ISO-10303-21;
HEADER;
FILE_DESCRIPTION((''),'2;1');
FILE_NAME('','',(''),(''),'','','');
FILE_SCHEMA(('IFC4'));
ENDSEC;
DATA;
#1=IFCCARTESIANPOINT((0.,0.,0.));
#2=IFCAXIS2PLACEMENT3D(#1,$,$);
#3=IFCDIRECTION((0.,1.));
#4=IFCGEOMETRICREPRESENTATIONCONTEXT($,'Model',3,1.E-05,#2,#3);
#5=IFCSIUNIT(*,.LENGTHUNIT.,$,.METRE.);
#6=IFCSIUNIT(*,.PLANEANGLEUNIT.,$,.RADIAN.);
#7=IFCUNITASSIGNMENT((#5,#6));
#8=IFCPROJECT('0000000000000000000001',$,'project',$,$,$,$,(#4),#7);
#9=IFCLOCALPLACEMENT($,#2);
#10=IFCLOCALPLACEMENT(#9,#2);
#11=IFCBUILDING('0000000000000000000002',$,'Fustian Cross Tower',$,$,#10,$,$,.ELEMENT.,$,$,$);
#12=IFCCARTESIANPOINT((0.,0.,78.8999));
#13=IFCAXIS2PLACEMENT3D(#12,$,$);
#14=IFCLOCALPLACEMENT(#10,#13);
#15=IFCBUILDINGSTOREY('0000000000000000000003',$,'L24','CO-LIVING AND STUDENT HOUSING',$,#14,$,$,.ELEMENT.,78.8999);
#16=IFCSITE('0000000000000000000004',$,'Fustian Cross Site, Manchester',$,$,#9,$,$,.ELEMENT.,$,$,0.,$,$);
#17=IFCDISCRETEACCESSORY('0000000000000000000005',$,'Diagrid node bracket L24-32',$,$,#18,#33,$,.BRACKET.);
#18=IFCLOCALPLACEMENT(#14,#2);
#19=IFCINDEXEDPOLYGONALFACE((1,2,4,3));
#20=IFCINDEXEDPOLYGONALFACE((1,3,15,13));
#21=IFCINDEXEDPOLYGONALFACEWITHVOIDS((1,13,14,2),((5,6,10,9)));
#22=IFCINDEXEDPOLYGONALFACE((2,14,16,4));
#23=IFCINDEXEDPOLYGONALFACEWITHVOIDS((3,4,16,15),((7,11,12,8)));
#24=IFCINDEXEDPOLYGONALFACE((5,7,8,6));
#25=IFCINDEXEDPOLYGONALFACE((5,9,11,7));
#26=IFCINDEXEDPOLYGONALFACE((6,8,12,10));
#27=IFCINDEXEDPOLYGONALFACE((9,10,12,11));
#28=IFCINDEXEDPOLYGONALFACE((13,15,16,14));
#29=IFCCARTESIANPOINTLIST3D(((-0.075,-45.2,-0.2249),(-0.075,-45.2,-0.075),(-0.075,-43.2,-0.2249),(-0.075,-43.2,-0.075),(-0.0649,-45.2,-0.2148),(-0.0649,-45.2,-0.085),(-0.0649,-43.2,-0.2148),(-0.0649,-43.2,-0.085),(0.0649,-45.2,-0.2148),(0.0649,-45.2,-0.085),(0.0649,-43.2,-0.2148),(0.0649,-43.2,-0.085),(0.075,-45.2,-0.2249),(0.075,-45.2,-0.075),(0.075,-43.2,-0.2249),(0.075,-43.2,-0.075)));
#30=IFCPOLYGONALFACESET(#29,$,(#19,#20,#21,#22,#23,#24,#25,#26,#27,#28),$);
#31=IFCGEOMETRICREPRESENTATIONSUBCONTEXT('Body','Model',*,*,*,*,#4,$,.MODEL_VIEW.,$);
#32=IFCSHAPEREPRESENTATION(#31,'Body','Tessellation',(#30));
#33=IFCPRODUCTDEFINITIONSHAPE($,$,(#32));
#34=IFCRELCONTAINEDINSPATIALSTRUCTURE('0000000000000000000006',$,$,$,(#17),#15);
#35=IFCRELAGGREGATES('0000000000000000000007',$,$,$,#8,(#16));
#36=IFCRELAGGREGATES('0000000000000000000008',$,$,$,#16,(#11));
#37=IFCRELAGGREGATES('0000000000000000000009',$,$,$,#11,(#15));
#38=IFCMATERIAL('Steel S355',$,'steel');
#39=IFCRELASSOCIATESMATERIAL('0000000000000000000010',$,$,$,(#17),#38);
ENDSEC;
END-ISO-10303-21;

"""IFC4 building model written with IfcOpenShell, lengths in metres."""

from ifc_helpers import new_model, si_unit, direction, frame, origin, origin_2d, place, context, subcontext, project, spatial, hollow_rectangle, extrude, material, element, save


model = new_model("IFC4")

# Units and contexts
model_context = context("Model", 3, precision=1e-05, world=origin(), true_north=direction((0.0, 1.0)))
body_context = subcontext(model_context, "Body", "Model", "MODEL_VIEW")
ifc_project = project(units=[si_unit("LENGTHUNIT", "METRE"), si_unit("PLANEANGLEUNIT", "RADIAN")], contexts=[model_context])

# Site, building, storey
site_placement = place(None, origin())
site = spatial("IfcSite", under=ifc_project, at=site_placement, Name="Fustian Cross Site, Manchester", CompositionType="ELEMENT", RefElevation=0.0)
building_placement = place(site_placement, origin())
building = spatial("IfcBuilding", under=site, at=building_placement, Name="Fustian Cross Tower", CompositionType="ELEMENT")
storey_placement = place(building_placement, frame((0.0, 0.0, 78.8999)))
storey = spatial("IfcBuildingStorey", under=building, at=storey_placement, Name="L24", Description="CO-LIVING AND STUDENT HOUSING", CompositionType="ELEMENT", Elevation=78.8999)

# Discrete accessory
ifc_material_1 = material(Name="Steel S355", Category="steel")
discrete_accessory_placement = place(storey_placement, frame((0.0, -45.2, -0.1499), z_axis=(0.0, 1.0, 0.0), x_axis=(-1.0, 0.0, 0.0)))
element("IfcDiscreteAccessory", 1, at=discrete_accessory_placement, inside=storey, material=ifc_material_1, Name="Diagrid node bracket L24-32", PredefinedType="BRACKET", context=body_context, shape_type="SweptSolid", body=[
    extrude(hollow_rectangle(XDim=0.1499, YDim=0.1499, WallThickness=0.01, at=origin_2d()), origin(), (0.0, 0.0, 1.0), 2.0),
])

save(model, "model.ifc")
